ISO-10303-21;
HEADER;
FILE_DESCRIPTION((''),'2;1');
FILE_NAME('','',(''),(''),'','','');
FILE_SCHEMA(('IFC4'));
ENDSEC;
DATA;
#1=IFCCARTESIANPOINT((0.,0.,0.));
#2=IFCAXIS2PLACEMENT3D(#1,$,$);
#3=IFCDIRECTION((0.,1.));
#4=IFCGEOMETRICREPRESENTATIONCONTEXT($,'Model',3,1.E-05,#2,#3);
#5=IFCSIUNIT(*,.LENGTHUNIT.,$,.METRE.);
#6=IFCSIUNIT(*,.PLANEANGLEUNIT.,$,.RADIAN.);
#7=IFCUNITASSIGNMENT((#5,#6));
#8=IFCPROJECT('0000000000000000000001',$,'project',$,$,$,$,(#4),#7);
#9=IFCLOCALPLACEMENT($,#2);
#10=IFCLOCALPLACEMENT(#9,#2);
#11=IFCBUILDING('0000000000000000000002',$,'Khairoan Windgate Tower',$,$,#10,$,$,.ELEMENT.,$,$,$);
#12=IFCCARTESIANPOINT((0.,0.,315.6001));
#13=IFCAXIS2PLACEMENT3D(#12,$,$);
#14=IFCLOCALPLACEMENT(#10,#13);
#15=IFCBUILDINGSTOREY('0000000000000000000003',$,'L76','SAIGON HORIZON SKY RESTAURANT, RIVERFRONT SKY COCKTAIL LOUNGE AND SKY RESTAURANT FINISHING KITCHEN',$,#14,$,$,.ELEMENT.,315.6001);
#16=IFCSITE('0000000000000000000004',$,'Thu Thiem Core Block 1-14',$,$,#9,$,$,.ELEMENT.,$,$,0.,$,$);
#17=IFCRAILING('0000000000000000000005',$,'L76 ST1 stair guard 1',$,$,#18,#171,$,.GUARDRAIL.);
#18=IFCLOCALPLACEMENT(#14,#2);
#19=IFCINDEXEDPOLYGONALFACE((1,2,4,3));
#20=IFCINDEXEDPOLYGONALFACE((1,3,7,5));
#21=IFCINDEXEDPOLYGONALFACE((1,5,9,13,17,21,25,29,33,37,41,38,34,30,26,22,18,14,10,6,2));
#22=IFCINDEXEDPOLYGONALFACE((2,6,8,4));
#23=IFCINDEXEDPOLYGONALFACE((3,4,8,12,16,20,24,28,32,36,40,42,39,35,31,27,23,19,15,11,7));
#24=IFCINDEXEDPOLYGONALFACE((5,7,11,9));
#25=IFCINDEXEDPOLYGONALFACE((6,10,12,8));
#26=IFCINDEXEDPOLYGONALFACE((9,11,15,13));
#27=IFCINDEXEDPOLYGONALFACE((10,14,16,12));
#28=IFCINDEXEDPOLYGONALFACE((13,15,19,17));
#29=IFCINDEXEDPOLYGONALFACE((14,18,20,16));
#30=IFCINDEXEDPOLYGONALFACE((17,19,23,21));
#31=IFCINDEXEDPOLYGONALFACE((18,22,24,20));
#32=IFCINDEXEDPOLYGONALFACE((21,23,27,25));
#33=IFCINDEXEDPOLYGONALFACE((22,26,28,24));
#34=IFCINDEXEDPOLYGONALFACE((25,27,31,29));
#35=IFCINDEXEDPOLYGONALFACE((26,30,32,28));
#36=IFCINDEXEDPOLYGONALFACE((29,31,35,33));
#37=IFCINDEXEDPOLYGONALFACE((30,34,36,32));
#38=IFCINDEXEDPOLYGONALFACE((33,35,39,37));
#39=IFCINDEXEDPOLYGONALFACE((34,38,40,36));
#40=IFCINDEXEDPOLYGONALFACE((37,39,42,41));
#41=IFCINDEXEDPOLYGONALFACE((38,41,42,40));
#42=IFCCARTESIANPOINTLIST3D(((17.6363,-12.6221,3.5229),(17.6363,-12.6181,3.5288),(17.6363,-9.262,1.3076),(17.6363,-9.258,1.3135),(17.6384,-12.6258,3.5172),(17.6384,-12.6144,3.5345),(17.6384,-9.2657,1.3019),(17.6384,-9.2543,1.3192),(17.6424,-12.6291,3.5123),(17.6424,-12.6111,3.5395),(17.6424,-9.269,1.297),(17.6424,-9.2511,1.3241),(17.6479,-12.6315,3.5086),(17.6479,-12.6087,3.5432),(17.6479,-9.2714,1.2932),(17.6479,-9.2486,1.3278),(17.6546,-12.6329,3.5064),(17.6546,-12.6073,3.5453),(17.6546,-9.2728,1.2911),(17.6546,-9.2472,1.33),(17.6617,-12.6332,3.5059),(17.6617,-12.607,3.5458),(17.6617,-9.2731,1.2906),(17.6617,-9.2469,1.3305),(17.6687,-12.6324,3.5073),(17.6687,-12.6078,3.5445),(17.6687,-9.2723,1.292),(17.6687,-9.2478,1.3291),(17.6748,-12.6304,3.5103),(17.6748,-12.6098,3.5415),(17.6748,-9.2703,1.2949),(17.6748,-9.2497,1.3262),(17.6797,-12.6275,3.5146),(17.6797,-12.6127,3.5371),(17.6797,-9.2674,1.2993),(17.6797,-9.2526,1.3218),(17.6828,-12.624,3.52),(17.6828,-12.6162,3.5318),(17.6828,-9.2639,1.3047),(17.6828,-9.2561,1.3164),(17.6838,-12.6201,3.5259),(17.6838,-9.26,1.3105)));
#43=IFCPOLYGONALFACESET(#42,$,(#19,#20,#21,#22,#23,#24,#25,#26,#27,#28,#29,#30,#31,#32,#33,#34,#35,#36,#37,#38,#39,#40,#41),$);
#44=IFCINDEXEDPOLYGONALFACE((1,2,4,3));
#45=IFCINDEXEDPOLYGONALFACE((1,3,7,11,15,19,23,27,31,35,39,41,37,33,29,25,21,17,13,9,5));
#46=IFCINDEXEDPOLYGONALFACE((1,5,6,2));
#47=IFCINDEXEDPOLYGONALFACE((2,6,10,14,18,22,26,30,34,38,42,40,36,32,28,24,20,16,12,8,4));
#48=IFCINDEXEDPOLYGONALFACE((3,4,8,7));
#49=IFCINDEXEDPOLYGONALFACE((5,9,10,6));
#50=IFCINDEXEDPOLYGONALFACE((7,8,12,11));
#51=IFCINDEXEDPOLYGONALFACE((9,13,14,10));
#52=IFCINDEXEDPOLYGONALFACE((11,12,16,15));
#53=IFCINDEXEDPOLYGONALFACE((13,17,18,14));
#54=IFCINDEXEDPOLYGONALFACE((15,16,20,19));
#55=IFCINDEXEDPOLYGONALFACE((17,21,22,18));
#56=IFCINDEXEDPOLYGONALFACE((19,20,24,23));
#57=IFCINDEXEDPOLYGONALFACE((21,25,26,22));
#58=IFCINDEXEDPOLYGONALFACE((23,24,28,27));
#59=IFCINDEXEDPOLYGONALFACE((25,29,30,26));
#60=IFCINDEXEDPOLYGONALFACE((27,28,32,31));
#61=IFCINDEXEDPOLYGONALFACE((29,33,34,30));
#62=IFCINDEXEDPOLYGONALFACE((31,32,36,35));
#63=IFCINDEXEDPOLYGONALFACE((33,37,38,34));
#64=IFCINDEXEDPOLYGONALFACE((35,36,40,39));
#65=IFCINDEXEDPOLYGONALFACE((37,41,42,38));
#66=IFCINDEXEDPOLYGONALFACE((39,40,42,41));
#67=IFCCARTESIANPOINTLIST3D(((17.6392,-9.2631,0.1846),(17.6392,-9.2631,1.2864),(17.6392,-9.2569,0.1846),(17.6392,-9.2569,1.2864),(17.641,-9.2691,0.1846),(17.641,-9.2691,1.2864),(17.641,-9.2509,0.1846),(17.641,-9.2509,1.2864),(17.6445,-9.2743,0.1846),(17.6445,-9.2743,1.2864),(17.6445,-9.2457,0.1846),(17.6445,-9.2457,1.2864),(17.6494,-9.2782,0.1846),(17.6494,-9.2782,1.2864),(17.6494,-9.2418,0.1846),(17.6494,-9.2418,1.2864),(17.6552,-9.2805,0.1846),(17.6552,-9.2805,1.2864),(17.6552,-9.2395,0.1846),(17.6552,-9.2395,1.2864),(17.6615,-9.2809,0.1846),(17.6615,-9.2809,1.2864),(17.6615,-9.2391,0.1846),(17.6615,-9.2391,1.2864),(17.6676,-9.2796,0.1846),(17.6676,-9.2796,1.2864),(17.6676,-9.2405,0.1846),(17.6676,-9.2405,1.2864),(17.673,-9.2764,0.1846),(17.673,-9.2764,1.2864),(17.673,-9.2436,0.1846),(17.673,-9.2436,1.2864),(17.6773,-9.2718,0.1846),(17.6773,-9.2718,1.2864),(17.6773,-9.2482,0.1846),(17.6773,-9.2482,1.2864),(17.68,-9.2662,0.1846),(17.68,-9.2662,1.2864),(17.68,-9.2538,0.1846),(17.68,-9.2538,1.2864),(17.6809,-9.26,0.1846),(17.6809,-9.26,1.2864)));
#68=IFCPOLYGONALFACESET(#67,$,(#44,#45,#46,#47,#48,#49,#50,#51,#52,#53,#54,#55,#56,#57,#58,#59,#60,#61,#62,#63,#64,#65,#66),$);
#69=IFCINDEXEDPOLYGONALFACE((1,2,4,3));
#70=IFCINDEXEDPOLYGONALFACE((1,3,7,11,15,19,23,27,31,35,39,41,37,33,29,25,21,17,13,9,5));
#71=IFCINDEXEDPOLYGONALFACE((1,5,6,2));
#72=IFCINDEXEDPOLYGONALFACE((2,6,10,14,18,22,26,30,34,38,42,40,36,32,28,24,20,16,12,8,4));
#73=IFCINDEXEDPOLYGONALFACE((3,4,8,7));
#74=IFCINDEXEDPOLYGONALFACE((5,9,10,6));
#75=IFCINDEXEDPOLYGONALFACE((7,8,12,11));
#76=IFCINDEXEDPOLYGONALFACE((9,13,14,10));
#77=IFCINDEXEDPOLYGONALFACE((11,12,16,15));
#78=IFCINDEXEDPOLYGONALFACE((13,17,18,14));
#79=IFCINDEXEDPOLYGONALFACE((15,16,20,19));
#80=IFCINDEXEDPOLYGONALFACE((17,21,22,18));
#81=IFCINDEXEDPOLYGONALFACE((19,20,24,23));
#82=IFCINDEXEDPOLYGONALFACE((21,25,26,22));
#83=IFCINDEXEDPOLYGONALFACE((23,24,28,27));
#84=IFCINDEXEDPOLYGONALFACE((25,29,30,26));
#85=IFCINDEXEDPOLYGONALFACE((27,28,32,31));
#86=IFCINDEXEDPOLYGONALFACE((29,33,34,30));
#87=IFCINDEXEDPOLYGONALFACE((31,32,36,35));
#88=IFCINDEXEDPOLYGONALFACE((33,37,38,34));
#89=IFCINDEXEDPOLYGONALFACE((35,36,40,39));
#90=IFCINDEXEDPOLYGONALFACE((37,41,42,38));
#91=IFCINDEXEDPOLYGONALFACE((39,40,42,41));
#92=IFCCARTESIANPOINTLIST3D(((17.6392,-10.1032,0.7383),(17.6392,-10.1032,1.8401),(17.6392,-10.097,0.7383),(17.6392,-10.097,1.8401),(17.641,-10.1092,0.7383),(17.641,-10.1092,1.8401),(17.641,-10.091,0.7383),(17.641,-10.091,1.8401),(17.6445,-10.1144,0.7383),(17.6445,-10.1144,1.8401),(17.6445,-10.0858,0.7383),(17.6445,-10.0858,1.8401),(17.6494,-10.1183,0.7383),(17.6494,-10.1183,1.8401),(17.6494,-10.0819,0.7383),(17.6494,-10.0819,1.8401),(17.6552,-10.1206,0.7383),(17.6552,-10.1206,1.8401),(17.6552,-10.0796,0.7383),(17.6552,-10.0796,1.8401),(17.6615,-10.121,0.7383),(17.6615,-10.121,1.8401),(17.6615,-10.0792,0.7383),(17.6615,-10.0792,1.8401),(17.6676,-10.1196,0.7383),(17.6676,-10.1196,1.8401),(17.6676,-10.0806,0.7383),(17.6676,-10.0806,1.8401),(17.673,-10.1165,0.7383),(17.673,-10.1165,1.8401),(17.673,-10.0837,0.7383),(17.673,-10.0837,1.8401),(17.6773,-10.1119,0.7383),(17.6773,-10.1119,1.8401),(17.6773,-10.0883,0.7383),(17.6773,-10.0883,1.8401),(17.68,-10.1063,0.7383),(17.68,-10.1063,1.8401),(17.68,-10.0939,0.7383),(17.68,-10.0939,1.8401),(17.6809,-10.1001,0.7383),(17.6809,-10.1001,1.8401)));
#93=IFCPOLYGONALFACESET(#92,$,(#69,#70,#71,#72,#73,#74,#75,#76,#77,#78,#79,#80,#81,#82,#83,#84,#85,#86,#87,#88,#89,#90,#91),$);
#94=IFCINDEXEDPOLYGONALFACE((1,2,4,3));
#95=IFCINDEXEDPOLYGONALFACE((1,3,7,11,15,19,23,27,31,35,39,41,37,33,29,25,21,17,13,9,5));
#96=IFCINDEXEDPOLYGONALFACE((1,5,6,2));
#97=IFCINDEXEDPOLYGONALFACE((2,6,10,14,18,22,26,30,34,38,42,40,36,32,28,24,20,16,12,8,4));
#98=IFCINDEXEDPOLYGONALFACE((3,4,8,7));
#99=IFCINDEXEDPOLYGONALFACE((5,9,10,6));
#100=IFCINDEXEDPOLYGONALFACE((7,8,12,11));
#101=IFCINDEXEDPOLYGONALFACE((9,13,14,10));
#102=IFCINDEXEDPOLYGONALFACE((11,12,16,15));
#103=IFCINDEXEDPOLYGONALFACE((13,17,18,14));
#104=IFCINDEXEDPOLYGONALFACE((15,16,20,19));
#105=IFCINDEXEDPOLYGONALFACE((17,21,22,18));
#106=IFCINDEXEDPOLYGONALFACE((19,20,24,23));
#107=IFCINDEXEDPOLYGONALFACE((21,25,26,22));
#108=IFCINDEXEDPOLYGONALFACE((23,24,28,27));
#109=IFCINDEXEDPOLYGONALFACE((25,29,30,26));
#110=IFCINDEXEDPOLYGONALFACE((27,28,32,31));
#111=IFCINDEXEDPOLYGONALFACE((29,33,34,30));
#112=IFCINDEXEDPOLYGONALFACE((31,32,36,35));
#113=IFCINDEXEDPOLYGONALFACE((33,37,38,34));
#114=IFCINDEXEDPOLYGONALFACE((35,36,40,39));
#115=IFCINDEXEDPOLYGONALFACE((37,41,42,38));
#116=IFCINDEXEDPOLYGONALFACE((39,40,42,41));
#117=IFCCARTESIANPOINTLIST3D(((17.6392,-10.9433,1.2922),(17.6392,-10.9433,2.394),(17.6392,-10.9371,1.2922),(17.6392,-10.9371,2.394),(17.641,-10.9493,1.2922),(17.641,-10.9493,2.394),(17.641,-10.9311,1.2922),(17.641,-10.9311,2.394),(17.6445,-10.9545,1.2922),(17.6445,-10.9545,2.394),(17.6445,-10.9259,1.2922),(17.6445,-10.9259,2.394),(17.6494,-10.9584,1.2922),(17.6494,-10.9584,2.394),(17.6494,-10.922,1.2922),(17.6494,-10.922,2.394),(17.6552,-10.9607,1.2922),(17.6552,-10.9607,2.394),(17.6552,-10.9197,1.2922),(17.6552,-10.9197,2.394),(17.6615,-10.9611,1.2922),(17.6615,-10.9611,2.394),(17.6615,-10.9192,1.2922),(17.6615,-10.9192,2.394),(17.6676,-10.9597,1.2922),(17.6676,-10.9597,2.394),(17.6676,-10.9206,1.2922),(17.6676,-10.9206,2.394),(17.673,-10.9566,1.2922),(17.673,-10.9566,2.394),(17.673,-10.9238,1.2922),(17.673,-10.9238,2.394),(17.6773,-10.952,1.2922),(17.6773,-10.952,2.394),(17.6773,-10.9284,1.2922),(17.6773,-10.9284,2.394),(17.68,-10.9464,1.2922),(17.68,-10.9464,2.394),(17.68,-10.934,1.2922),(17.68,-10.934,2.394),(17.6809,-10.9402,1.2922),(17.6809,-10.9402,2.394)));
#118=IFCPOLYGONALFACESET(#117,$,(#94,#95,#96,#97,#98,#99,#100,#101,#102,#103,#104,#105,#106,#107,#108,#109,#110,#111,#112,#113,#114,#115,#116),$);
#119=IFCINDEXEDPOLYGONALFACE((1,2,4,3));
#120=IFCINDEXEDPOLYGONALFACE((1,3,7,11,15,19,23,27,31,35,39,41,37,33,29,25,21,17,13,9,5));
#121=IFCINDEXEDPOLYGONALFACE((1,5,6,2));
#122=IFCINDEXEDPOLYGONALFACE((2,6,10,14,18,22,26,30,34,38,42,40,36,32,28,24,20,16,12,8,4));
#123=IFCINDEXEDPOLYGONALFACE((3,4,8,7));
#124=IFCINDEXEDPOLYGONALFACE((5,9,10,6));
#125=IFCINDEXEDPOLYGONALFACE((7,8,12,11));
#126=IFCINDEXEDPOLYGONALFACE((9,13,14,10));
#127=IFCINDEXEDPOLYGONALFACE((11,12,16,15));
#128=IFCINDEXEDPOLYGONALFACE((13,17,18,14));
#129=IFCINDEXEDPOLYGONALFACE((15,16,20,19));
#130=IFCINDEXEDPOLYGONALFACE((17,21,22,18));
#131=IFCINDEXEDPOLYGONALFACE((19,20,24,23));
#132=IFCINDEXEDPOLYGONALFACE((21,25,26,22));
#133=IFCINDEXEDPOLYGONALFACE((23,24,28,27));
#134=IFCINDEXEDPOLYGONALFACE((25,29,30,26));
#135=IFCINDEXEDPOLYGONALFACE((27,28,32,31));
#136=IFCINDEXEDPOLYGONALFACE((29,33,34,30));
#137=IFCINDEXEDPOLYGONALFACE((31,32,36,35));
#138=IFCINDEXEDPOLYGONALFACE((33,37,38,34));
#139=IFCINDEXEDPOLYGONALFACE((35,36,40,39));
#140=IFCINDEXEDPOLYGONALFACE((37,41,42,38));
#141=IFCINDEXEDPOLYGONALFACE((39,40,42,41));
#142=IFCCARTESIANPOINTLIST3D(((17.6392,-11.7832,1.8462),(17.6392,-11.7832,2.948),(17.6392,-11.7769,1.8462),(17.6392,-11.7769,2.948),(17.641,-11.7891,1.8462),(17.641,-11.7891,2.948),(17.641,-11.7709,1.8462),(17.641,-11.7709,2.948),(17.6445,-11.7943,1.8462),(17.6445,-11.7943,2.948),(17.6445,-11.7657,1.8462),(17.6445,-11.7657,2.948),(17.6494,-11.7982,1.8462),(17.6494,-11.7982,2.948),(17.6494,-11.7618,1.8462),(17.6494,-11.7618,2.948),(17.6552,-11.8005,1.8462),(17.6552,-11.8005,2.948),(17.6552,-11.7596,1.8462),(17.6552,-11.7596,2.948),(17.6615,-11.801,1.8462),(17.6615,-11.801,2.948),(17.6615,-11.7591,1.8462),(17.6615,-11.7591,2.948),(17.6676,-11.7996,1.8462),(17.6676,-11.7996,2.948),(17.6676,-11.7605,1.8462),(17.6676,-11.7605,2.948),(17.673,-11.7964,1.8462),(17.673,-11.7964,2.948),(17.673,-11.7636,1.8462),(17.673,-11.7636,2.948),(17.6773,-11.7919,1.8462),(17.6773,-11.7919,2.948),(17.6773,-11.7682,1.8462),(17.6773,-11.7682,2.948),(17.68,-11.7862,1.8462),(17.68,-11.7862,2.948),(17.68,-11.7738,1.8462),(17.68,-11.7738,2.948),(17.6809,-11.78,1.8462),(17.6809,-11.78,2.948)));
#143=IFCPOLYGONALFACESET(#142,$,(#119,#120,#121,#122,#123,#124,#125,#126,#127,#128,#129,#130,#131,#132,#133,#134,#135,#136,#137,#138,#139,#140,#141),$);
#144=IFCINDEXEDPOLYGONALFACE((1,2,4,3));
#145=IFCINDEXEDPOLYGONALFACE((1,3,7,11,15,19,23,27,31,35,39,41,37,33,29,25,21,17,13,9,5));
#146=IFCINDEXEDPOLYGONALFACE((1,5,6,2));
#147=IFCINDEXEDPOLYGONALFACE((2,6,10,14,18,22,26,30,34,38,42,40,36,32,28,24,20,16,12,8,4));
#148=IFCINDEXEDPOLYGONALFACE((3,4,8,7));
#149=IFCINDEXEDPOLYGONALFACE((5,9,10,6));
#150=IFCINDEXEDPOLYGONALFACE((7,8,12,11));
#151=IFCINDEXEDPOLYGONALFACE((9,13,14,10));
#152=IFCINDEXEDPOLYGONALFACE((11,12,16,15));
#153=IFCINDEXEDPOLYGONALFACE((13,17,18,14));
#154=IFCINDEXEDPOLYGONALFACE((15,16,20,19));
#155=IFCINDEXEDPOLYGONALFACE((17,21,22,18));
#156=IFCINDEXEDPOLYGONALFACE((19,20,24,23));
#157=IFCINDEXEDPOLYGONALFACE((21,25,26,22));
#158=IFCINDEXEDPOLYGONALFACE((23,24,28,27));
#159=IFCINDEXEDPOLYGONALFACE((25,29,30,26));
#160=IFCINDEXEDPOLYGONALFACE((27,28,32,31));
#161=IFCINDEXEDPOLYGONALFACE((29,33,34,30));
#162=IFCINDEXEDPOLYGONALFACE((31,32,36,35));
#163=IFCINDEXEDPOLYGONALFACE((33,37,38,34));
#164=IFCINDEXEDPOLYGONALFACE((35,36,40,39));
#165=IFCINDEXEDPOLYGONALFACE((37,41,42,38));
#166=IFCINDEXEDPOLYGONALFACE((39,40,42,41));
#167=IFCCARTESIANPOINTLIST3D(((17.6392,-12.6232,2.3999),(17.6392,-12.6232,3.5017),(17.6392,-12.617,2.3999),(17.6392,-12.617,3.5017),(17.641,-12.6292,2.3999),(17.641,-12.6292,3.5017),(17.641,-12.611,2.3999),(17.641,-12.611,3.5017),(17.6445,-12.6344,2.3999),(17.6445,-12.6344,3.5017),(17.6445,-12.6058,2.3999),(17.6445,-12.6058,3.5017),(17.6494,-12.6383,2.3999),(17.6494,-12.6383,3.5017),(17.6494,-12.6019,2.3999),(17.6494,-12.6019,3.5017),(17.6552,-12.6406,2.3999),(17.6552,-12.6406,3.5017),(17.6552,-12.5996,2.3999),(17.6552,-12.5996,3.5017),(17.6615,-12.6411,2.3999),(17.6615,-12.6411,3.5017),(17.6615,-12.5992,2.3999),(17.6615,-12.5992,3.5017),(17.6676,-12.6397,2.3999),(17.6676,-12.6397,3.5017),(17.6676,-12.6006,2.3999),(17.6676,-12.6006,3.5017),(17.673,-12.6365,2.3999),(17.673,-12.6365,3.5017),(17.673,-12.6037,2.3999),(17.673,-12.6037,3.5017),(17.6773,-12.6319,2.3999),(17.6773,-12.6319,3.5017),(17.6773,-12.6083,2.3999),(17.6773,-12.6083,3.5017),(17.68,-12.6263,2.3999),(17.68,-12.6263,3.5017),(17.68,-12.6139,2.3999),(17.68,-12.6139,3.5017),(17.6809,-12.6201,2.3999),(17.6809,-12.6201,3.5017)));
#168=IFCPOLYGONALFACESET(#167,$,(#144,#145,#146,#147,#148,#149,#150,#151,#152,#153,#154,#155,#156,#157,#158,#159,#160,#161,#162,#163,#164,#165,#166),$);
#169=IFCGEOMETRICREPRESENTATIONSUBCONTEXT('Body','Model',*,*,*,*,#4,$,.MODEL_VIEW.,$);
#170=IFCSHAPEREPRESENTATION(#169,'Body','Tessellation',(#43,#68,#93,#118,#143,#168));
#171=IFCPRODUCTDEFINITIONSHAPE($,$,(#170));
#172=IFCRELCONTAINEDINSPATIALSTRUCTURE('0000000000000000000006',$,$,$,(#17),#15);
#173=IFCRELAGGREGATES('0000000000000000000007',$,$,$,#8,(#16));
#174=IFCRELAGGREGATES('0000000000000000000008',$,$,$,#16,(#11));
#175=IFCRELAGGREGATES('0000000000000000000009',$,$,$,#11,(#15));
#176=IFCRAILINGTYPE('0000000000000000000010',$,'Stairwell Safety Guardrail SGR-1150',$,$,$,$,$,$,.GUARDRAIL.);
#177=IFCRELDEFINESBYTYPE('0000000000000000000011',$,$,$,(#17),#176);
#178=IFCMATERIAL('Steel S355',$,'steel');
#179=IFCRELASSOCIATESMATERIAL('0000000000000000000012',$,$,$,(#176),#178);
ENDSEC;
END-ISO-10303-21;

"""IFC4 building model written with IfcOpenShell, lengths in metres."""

from ifc_helpers import new_model, si_unit, direction, frame, origin, origin_2d, place, context, subcontext, project, spatial, circle, extrude, material, type_object, element, save


model = new_model("IFC4")

# Units and contexts
model_context = context("Model", 3, precision=1e-05, world=origin(), true_north=direction((0.0, 1.0)))
body_context = subcontext(model_context, "Body", "Model", "MODEL_VIEW")
ifc_project = project(units=[si_unit("LENGTHUNIT", "METRE"), si_unit("PLANEANGLEUNIT", "RADIAN")], contexts=[model_context])

# Site, building, storey
site_placement = place(None, origin())
site = spatial("IfcSite", under=ifc_project, at=site_placement, Name="Thu Thiem Core Block 1-14", CompositionType="ELEMENT", RefElevation=0.0)
building_placement = place(site_placement, origin())
building = spatial("IfcBuilding", under=site, at=building_placement, Name="Khairoan Windgate Tower", CompositionType="ELEMENT")
storey_placement = place(building_placement, frame((0.0, 0.0, 315.6001)))
storey = spatial("IfcBuildingStorey", under=building, at=storey_placement, Name="L76", Description="SAIGON HORIZON SKY RESTAURANT, RIVERFRONT SKY COCKTAIL LOUNGE AND SKY RESTAURANT FINISHING KITCHEN", CompositionType="ELEMENT", Elevation=315.6001)

# Railing
ifc_material_1 = material(Name="Steel S355", Category="steel")
railing_type_1 = type_object("IfcRailingType", Name="Stairwell Safety Guardrail SGR-1150", PredefinedType="GUARDRAIL", material=ifc_material_1)
railing_1_placement = place(storey_placement, frame((17.6599, -9.26, 0.1846)))
element("IfcRailing", 1, at=railing_1_placement, inside=storey, type_object=railing_type_1, Name="L76 ST1 stair guard 1", PredefinedType="GUARDRAIL", context=body_context, shape_type="SweptSolid", body=[
    extrude(circle(Radius=0.0239, at=origin_2d()), frame((0.0, 0.0, 1.126), z_axis=(0.0, -0.834876, 0.550437), x_axis=(1.0, 0.0, 0.0)), (0.0, 0.0, 1.0), 4.0247),
    extrude(circle(Radius=0.021, at=origin_2d()), origin(), (0.0, 0.0, 1.0), 1.1018),
    extrude(circle(Radius=0.021, at=origin_2d()), frame((0.0, -0.8401, 0.5537)), (0.0, 0.0, 1.0), 1.1018),
    extrude(circle(Radius=0.021, at=origin_2d()), frame((0.0, -1.6802, 1.1077)), (0.0, 0.0, 1.0), 1.1018),
    extrude(circle(Radius=0.021, at=origin_2d()), frame((0.0, -2.52, 1.6616)), (0.0, 0.0, 1.0), 1.1018),
    extrude(circle(Radius=0.021, at=origin_2d()), frame((0.0, -3.3601, 2.2153)), (0.0, 0.0, 1.0), 1.1018),
])

save(model, "model.ifc")
